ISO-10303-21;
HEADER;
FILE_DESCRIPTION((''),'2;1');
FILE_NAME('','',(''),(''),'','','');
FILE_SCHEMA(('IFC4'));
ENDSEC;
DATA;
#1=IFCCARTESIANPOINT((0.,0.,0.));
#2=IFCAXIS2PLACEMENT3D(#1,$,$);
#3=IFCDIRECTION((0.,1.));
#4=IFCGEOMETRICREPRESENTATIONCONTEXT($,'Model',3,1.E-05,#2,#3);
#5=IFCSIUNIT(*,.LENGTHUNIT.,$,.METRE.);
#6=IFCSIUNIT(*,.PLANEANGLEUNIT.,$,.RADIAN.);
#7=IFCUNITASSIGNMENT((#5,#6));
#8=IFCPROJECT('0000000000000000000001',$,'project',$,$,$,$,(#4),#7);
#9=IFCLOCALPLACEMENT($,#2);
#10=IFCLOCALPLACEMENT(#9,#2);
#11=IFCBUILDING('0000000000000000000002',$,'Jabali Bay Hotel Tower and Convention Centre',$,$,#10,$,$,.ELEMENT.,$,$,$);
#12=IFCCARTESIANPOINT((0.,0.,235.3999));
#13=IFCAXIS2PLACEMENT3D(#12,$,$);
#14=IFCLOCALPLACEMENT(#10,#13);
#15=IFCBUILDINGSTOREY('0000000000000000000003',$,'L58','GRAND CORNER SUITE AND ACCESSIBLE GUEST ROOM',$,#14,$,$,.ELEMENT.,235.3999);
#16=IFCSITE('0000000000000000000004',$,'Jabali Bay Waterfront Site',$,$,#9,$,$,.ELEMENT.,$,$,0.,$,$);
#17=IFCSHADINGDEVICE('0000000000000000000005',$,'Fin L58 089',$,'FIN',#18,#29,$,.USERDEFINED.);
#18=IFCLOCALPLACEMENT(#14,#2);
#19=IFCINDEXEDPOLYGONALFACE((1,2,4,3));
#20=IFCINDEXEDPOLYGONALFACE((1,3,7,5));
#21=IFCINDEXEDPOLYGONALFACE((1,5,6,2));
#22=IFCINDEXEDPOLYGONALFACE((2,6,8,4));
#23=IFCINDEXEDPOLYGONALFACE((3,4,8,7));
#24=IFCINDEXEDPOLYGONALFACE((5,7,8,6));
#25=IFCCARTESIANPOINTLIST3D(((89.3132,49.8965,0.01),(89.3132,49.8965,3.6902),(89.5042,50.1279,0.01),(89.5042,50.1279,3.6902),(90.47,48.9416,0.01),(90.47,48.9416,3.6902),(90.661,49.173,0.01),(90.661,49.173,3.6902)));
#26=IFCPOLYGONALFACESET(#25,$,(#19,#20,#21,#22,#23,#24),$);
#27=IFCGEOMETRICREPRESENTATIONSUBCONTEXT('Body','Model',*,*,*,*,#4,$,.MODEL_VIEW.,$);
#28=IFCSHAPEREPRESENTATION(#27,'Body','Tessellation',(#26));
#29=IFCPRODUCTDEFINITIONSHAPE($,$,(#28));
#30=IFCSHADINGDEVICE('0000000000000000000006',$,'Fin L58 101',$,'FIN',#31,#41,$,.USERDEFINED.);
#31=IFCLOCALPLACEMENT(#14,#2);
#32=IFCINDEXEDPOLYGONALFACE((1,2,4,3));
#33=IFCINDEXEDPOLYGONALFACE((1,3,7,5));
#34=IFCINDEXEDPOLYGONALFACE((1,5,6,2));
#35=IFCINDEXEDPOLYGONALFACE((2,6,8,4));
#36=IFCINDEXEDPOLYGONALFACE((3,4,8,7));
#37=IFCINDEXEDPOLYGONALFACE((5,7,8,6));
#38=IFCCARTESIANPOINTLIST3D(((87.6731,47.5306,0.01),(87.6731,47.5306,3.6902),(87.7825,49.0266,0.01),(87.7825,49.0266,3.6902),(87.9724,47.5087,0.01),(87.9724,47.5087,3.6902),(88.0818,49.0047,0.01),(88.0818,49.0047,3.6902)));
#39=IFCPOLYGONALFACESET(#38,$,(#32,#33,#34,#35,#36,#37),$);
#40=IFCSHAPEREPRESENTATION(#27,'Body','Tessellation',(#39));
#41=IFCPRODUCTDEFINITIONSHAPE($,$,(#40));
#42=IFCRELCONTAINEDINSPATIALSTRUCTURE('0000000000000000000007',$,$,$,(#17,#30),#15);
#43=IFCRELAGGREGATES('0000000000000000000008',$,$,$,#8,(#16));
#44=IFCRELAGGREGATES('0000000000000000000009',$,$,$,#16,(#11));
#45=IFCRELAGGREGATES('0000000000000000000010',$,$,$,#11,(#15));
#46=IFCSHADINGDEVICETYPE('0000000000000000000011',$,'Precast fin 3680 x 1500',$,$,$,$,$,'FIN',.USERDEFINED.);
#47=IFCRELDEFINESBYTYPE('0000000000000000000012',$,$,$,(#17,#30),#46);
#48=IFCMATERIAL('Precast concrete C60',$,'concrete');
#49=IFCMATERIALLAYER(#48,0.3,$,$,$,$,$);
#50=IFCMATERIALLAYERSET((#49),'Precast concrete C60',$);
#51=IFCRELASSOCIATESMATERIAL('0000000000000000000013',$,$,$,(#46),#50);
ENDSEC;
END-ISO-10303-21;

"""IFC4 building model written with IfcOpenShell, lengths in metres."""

from ifc_helpers import new_model, si_unit, direction, frame, frame_2d, origin, place, context, subcontext, project, spatial, rectangle, extrude, material, layer, layer_set, type_object, element, save


model = new_model("IFC4")

# Units and contexts
model_context = context("Model", 3, precision=1e-05, world=origin(), true_north=direction((0.0, 1.0)))
body_context = subcontext(model_context, "Body", "Model", "MODEL_VIEW")
ifc_project = project(units=[si_unit("LENGTHUNIT", "METRE"), si_unit("PLANEANGLEUNIT", "RADIAN")], contexts=[model_context])

# Site, building, storey
site_placement = place(None, origin())
site = spatial("IfcSite", under=ifc_project, at=site_placement, Name="Jabali Bay Waterfront Site", CompositionType="ELEMENT", RefElevation=0.0)
building_placement = place(site_placement, origin())
building = spatial("IfcBuilding", under=site, at=building_placement, Name="Jabali Bay Hotel Tower and Convention Centre", CompositionType="ELEMENT")
storey_placement = place(building_placement, frame((0.0, 0.0, 235.3999)))
storey = spatial("IfcBuildingStorey", under=building, at=storey_placement, Name="L58", Description="GRAND CORNER SUITE AND ACCESSIBLE GUEST ROOM", CompositionType="ELEMENT", Elevation=235.3999)

# Shading devices
ifc_material_1 = material(Name="Precast concrete C60", Category="concrete")
ifc_layer_1 = layer(ifc_material_1, 0.3)
ifc_layer_set_1 = layer_set([ifc_layer_1], Name="Precast concrete C60")
shading_device_type = type_object("IfcShadingDeviceType", Name="Precast fin 3680 x 1500", ElementType="FIN", PredefinedType="USERDEFINED", material=ifc_layer_set_1)
for number, where, z_axis, x_axis, name in (
    (1, (89.4087, 50.0122, 0.01), (0.0, 0.0, 1.0), (0.771201, -0.636591, 0.0), "Fin L58 089"),
    (2, (87.9321, 49.0156, 0.01), (0.0, 0.0, 1.0), (-0.072912, -0.997338, 0.0), "Fin L58 101"),
):
    element("IfcShadingDevice", number, at=place(storey_placement, frame(where, z_axis=z_axis, x_axis=x_axis)), inside=storey, type_object=shading_device_type, Name=name, ObjectType="FIN", PredefinedType="USERDEFINED", context=body_context, shape_type="SweptSolid", body=[
        extrude(rectangle(XDim=1.5, YDim=0.3, at=frame_2d((0.75, 0.0))), origin(), (0.0, 0.0, 1.0), 3.6802),
    ])

save(model, "model.ifc")
